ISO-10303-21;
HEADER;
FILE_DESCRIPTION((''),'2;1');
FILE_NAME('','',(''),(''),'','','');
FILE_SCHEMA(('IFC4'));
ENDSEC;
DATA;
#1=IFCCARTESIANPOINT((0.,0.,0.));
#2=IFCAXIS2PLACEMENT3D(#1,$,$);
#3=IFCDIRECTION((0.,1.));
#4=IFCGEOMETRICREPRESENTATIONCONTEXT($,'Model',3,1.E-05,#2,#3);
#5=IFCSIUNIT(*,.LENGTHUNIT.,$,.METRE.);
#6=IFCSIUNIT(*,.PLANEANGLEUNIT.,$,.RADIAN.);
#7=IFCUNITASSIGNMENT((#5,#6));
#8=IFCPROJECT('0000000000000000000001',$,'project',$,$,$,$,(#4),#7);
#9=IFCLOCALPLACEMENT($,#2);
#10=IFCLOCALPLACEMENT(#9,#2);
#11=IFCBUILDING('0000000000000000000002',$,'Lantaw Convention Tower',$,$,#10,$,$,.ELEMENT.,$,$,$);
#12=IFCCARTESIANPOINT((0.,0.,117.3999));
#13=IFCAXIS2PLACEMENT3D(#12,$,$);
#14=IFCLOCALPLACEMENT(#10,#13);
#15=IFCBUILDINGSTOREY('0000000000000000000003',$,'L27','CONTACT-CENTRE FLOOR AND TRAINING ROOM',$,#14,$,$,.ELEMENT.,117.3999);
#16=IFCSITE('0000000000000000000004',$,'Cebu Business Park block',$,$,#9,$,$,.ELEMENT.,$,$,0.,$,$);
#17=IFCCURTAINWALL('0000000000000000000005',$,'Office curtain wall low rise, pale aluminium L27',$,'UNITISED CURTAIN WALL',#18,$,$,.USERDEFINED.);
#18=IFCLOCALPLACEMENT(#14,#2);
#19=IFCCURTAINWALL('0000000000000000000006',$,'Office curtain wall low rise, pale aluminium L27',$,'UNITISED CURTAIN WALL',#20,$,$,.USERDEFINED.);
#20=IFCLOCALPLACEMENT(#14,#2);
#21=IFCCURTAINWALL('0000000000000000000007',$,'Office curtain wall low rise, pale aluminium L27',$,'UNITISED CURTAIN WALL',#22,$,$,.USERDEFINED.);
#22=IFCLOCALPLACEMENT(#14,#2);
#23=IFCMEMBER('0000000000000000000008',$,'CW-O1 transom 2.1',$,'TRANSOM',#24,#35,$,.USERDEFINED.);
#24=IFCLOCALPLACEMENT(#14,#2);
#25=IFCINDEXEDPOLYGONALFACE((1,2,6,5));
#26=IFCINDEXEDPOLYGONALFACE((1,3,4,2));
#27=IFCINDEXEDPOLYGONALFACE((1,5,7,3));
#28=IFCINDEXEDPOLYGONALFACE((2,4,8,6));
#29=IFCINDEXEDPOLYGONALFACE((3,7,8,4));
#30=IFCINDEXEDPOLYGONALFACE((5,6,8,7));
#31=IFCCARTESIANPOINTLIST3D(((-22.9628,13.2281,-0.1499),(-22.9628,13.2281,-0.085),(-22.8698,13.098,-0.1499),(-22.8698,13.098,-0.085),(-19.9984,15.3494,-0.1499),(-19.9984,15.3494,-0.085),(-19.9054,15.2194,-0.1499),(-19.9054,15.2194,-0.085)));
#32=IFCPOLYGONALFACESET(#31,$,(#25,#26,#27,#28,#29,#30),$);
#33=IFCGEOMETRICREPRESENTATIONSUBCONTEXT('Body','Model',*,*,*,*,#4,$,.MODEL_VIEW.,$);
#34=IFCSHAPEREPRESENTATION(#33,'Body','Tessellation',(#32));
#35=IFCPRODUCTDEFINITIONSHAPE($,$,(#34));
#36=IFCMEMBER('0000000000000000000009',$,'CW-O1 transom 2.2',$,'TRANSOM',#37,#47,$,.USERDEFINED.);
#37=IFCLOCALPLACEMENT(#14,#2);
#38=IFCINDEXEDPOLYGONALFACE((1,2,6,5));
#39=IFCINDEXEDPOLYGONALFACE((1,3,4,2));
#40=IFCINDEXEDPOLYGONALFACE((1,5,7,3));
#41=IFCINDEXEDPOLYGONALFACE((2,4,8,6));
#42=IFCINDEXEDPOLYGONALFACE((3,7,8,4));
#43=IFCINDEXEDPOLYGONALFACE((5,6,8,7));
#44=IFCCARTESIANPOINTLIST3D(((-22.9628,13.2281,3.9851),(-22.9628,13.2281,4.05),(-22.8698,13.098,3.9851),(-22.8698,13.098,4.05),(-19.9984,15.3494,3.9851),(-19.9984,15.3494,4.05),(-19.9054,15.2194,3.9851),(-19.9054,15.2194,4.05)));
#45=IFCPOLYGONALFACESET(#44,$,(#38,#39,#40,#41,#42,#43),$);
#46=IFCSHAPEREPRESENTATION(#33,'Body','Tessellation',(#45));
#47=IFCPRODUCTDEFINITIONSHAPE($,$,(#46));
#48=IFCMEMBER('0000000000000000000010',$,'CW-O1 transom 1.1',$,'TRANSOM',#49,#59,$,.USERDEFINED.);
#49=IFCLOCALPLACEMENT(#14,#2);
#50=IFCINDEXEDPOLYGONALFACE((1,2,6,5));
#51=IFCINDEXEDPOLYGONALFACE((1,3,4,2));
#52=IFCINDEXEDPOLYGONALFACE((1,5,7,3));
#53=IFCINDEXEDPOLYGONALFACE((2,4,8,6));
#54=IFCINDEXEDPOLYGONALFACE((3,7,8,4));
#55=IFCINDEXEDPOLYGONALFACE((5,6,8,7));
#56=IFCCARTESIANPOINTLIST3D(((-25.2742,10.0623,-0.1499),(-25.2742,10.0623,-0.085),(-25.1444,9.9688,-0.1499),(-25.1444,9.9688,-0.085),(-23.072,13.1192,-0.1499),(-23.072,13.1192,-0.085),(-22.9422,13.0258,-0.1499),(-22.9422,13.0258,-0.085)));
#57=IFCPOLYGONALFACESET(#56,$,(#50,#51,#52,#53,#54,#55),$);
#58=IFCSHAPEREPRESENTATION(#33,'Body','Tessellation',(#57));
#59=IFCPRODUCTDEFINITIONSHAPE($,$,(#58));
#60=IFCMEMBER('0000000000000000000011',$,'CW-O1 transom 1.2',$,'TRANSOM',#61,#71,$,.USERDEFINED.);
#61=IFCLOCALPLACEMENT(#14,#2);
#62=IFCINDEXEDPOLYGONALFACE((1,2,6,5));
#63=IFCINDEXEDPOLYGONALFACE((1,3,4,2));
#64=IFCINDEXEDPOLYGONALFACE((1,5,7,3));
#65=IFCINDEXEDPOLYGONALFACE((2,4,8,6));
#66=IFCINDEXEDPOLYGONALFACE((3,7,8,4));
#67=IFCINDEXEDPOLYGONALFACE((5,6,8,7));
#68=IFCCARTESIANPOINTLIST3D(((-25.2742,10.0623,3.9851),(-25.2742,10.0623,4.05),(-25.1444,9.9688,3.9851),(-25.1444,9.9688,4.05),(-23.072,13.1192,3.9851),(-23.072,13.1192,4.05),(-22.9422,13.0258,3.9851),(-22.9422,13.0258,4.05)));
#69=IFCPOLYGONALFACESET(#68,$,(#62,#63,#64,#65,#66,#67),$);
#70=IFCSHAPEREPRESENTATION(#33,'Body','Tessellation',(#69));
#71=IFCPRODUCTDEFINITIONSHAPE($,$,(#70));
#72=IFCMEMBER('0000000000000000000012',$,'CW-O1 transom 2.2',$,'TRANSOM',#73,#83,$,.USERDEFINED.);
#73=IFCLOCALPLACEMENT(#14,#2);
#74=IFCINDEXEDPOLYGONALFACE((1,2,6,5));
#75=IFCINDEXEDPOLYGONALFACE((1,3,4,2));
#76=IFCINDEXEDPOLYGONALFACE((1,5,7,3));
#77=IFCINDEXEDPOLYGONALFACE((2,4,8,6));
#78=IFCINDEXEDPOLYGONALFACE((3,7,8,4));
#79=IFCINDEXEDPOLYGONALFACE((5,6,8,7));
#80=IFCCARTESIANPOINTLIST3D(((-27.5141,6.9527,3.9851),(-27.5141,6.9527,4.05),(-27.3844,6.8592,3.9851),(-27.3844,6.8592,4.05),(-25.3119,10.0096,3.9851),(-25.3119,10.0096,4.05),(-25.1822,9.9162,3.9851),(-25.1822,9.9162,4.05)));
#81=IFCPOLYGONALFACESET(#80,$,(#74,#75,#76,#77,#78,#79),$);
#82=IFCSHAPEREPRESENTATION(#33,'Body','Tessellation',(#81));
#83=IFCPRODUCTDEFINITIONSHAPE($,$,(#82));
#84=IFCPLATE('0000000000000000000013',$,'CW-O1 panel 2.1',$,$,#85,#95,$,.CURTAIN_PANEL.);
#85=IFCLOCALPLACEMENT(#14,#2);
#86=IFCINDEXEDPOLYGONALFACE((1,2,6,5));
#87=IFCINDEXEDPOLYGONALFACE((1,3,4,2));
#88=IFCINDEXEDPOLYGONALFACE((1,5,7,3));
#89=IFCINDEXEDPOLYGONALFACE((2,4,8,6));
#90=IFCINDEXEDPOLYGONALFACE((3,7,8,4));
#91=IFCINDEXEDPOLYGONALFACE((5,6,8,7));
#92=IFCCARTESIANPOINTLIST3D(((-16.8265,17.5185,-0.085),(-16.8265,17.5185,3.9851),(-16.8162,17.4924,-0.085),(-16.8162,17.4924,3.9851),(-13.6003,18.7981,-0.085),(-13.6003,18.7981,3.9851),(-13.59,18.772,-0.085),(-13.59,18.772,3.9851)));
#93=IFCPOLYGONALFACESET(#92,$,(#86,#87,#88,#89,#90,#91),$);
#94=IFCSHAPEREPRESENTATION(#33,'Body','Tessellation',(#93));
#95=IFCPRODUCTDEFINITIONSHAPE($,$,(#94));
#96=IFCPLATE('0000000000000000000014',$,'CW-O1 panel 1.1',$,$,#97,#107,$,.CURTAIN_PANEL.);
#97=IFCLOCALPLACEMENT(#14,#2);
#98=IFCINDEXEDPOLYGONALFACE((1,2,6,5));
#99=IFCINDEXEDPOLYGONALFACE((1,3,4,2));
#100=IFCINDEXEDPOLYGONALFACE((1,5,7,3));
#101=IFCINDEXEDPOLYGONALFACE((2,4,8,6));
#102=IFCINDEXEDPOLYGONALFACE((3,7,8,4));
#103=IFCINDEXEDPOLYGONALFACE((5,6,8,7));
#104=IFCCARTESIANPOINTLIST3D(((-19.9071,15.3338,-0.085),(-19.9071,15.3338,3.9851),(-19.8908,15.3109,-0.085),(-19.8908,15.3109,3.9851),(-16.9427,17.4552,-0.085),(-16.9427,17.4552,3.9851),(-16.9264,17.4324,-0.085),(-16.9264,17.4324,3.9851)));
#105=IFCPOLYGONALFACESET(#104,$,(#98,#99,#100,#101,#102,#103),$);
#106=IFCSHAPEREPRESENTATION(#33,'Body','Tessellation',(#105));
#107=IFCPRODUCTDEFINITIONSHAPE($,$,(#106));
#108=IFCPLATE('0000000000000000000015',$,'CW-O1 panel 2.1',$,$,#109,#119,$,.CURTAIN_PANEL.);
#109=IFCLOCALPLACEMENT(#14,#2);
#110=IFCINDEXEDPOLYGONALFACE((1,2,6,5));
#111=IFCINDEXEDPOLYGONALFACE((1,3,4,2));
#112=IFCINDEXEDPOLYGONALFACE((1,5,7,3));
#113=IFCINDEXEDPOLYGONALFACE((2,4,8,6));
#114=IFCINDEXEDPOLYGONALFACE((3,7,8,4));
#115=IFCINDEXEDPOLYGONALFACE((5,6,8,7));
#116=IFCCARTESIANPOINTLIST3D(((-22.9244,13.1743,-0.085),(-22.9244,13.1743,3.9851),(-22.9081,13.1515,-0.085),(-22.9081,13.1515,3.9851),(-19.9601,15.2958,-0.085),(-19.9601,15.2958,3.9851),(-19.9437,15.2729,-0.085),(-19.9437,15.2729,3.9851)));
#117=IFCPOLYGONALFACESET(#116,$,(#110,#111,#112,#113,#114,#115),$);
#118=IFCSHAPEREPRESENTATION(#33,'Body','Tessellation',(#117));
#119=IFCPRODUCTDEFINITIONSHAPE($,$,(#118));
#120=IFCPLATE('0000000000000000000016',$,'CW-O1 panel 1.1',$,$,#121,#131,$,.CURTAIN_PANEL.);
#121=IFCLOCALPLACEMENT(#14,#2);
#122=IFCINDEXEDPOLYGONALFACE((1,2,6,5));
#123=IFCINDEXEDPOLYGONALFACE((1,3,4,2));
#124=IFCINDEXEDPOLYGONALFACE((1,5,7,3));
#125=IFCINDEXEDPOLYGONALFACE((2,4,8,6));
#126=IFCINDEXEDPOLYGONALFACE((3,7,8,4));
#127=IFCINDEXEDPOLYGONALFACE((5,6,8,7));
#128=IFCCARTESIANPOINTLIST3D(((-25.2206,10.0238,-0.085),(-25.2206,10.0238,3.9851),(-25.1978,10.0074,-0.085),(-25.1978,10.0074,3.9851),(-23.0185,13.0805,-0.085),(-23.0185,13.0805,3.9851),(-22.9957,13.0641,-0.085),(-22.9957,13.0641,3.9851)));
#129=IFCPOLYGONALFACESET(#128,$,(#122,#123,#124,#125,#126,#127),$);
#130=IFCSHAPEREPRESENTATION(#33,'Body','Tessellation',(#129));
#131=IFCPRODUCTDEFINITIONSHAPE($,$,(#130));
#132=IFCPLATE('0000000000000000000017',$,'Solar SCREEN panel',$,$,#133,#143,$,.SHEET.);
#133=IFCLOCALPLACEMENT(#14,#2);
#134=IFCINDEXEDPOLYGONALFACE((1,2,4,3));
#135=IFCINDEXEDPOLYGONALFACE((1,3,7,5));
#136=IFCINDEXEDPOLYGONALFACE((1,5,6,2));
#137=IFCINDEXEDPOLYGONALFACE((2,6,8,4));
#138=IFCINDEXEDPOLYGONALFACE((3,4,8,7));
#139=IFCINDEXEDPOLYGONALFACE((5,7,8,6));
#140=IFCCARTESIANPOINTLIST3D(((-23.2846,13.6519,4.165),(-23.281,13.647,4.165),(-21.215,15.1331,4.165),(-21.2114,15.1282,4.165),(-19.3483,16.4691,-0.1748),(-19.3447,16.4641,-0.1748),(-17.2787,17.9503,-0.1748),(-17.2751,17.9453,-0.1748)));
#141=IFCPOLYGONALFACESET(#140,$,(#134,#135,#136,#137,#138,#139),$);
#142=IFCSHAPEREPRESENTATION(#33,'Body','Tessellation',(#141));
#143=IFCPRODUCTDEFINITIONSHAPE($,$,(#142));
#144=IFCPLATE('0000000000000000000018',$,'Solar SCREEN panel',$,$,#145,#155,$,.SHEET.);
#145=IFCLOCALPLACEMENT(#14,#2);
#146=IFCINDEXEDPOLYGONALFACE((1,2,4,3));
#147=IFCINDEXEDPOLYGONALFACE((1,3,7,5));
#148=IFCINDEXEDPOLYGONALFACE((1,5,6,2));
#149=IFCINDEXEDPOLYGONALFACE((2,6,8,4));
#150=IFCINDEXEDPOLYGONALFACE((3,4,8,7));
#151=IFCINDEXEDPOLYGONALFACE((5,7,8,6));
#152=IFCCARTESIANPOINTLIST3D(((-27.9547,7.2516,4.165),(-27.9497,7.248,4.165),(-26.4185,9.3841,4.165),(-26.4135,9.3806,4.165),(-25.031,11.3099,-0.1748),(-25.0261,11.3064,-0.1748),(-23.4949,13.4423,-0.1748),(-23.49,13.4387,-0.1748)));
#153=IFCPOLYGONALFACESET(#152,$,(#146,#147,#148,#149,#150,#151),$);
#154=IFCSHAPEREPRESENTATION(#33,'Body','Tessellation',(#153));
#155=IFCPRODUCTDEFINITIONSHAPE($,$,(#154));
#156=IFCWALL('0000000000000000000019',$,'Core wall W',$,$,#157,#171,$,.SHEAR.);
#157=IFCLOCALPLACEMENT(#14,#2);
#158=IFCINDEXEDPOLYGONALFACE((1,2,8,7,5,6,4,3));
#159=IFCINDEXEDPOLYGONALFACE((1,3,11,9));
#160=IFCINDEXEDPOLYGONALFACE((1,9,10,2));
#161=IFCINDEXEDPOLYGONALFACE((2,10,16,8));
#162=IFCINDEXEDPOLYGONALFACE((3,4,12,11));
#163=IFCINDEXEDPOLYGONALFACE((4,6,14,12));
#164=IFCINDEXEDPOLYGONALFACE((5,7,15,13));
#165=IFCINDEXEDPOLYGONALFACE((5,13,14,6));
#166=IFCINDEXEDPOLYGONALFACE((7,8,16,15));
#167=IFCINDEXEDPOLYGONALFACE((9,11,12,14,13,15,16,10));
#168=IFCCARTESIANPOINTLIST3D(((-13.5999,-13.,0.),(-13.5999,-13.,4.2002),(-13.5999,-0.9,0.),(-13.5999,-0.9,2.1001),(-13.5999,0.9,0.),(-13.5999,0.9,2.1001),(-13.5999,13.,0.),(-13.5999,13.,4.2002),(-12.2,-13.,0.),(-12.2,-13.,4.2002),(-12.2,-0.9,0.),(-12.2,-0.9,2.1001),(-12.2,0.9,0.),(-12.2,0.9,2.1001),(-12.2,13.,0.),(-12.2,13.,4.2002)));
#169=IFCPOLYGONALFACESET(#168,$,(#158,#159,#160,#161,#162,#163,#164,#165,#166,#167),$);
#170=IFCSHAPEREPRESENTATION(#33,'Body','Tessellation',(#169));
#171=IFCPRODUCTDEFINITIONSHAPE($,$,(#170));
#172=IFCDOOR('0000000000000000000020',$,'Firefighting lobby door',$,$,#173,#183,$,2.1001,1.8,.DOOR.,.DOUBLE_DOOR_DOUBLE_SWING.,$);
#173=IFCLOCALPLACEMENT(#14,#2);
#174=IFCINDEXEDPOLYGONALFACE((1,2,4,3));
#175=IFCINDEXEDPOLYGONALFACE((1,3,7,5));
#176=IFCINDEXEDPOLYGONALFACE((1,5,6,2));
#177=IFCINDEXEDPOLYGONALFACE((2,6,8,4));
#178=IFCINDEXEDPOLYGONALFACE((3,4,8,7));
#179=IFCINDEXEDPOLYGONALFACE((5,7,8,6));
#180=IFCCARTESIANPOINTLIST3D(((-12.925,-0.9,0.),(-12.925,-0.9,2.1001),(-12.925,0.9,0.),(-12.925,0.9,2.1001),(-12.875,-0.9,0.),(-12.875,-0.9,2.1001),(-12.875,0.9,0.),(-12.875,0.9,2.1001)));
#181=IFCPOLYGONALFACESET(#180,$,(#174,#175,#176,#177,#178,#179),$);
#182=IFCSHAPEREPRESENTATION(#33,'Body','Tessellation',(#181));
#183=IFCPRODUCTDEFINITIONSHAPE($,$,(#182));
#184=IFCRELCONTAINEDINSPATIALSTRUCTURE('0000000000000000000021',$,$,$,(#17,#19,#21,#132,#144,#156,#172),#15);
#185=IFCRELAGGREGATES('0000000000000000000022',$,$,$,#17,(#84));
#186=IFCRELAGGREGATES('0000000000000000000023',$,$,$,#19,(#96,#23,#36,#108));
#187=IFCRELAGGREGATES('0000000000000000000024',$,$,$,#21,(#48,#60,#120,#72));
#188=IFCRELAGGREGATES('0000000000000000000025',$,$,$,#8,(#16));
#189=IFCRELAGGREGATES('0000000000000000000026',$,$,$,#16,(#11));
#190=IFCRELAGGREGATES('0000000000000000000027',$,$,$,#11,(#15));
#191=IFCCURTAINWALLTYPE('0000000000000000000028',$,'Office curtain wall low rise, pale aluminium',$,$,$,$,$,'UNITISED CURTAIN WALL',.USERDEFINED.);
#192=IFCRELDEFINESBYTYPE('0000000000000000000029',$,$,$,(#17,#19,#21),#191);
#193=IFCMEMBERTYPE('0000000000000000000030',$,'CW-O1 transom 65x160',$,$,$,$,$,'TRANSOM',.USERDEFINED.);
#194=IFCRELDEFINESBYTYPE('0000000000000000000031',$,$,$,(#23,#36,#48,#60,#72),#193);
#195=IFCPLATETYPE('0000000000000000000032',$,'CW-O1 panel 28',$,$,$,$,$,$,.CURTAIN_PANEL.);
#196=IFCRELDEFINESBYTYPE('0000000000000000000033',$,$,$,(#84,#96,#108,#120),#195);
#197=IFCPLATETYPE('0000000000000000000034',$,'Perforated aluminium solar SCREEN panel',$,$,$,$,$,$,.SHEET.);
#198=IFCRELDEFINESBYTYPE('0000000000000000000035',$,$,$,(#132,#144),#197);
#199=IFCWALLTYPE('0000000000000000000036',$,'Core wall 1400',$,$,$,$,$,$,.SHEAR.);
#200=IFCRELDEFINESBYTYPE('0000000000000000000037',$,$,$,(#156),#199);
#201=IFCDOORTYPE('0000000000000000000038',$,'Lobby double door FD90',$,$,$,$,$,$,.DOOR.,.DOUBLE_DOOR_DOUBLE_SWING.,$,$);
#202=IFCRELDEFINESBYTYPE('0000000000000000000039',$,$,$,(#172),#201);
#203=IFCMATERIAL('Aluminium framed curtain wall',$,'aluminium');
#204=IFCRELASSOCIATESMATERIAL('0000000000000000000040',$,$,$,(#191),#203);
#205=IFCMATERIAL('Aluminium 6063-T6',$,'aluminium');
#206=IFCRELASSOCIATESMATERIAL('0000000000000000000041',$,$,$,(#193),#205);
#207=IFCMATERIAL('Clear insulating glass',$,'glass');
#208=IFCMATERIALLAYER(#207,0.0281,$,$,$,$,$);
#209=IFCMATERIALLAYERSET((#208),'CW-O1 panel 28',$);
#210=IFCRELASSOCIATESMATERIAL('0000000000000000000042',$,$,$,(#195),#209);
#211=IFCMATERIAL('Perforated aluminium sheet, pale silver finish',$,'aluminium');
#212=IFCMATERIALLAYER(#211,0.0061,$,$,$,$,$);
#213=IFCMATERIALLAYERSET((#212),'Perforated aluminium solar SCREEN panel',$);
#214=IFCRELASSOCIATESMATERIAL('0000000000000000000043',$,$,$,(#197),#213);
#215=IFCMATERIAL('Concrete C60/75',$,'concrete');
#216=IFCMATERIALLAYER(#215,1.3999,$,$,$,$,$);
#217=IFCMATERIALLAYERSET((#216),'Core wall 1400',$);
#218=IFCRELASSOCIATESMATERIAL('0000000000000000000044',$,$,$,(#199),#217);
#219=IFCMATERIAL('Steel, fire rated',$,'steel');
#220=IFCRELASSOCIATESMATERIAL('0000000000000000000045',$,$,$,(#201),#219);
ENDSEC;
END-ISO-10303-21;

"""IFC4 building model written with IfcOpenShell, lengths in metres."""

from ifc_helpers import new_model, si_unit, direction, frame, frame_2d, origin, origin_2d, place, context, subcontext, project, spatial, polyline, rectangle, outline, extrude, material, layer, layer_set, material_profile, profile_set, type_object, element, fill, aggregate, save


model = new_model("IFC4")

# Units and contexts
model_context = context("Model", 3, precision=1e-05, world=origin(), true_north=direction((0.0, 1.0)))
body_context = subcontext(model_context, "Body", "Model", "MODEL_VIEW")
ifc_project = project(units=[si_unit("LENGTHUNIT", "METRE"), si_unit("PLANEANGLEUNIT", "RADIAN")], contexts=[model_context])

# Site, building, storey
site_placement = place(None, origin())
site = spatial("IfcSite", under=ifc_project, at=site_placement, Name="Cebu Business Park block", CompositionType="ELEMENT", RefElevation=0.0)
building_placement = place(site_placement, origin())
building = spatial("IfcBuilding", under=site, at=building_placement, Name="Lantaw Convention Tower", CompositionType="ELEMENT")
storey_placement = place(building_placement, frame((0.0, 0.0, 117.3999)))
storey = spatial("IfcBuildingStorey", under=building, at=storey_placement, Name="L27", Description="CONTACT-CENTRE FLOOR AND TRAINING ROOM", CompositionType="ELEMENT", Elevation=117.3999)

# Shared definitions
ifc_material_1 = material(Name="Concrete C60/75", Category="concrete")

# Curtain walls
ifc_material_2 = material(Name="Aluminium framed curtain wall", Category="aluminium")
curtain_wall_type = type_object("IfcCurtainWallType", Name="Office curtain wall low rise, pale aluminium", ElementType="UNITISED CURTAIN WALL", PredefinedType="USERDEFINED", material=ifc_material_2)
curtain_wall_1_placement = place(storey_placement, origin())
curtain_wall_1 = element("IfcCurtainWall", 1, at=curtain_wall_1_placement, inside=storey, type_object=curtain_wall_type, Name="Office curtain wall low rise, pale aluminium L27", ObjectType="UNITISED CURTAIN WALL", PredefinedType="USERDEFINED")
ifc_material_3 = material(Name="Aluminium 6063-T6", Category="aluminium")
curtain_wall_2_placement = place(storey_placement, origin())
curtain_wall_2 = element("IfcCurtainWall", 2, at=curtain_wall_2_placement, inside=storey, type_object=curtain_wall_type, Name="Office curtain wall low rise, pale aluminium L27", ObjectType="UNITISED CURTAIN WALL", PredefinedType="USERDEFINED")
curtain_wall_3_placement = place(storey_placement, origin())
curtain_wall_3 = element("IfcCurtainWall", 3, at=curtain_wall_3_placement, inside=storey, type_object=curtain_wall_type, Name="Office curtain wall low rise, pale aluminium L27", ObjectType="UNITISED CURTAIN WALL", PredefinedType="USERDEFINED")

# Members
ifc_material_profile_1 = material_profile(ifc_material_3, rectangle(XDim=0.1599, YDim=0.0649, at=origin_2d()), Name="CW-O1 transom 65x160")
ifc_profile_set_1 = profile_set([ifc_material_profile_1], Name="Aluminium 6063-T6")
member_type_1 = type_object("IfcMemberType", Name="CW-O1 transom 65x160", ElementType="TRANSOM", PredefinedType="USERDEFINED", material=ifc_profile_set_1)
member_1_placement = place(storey_placement, frame((-19.9519, 15.2844, -0.1174), z_axis=(-0.813222, -0.581954, 0.0), x_axis=(0.581954, -0.813222, 0.0)))
member_1 = element("IfcMember", 4, at=member_1_placement, type_object=member_type_1, Name="CW-O1 transom 2.1", ObjectType="TRANSOM", PredefinedType="USERDEFINED", context=body_context, shape_type="SweptSolid", body=[
    extrude(rectangle(XDim=0.1599, YDim=0.0649, at=origin_2d()), origin(), (0.0, 0.0, 1.0), 3.6453),
])
member_2_placement = place(storey_placement, frame((-19.9519, 15.2844, 4.0176), z_axis=(-0.813222, -0.581954, 0.0), x_axis=(0.581954, -0.813222, 0.0)))
member_2 = element("IfcMember", 5, at=member_2_placement, type_object=member_type_1, Name="CW-O1 transom 2.2", ObjectType="TRANSOM", PredefinedType="USERDEFINED", context=body_context, shape_type="SweptSolid", body=[
    extrude(rectangle(XDim=0.1599, YDim=0.0649, at=origin_2d()), origin(), (0.0, 0.0, 1.0), 3.6453),
])
member_3_placement = place(storey_placement, frame((-23.0071, 13.0725, -0.1174), z_axis=(-0.584513, -0.811384, 0.0), x_axis=(0.811384, -0.584513, 0.0)))
member_3 = element("IfcMember", 6, at=member_3_placement, type_object=member_type_1, Name="CW-O1 transom 1.1", ObjectType="TRANSOM", PredefinedType="USERDEFINED", context=body_context, shape_type="SweptSolid", body=[
    extrude(rectangle(XDim=0.1599, YDim=0.0649, at=origin_2d()), origin(), (0.0, 0.0, 1.0), 3.7676),
])
member_4_placement = place(storey_placement, frame((-23.0071, 13.0725, 4.0176), z_axis=(-0.584513, -0.811384, 0.0), x_axis=(0.811384, -0.584513, 0.0)))
member_4 = element("IfcMember", 7, at=member_4_placement, type_object=member_type_1, Name="CW-O1 transom 1.2", ObjectType="TRANSOM", PredefinedType="USERDEFINED", context=body_context, shape_type="SweptSolid", body=[
    extrude(rectangle(XDim=0.1599, YDim=0.0649, at=origin_2d()), origin(), (0.0, 0.0, 1.0), 3.7676),
])
member_5_placement = place(storey_placement, frame((-25.2471, 9.9629, 4.0176), z_axis=(-0.584513, -0.811384, 0.0), x_axis=(0.811384, -0.584513, 0.0)))
member_5 = element("IfcMember", 8, at=member_5_placement, type_object=member_type_1, Name="CW-O1 transom 2.2", ObjectType="TRANSOM", PredefinedType="USERDEFINED", context=body_context, shape_type="SweptSolid", body=[
    extrude(rectangle(XDim=0.1599, YDim=0.0649, at=origin_2d()), origin(), (0.0, 0.0, 1.0), 3.7676),
])

# Plates
ifc_material_4 = material(Name="Clear insulating glass", Category="glass")
ifc_layer_1 = layer(ifc_material_4, 0.0281)
ifc_layer_set_1 = layer_set([ifc_layer_1], Name="CW-O1 panel 28")
plate_type_1 = type_object("IfcPlateType", Name="CW-O1 panel 28", PredefinedType="CURTAIN_PANEL", material=ifc_layer_set_1)
plate_1_placement = place(storey_placement, frame((-15.2083, 18.1453, -0.085), z_axis=(0.0, 0.0, 1.0), x_axis=(-0.929548, -0.368702, 0.0)))
plate_1 = element("IfcPlate", 9, at=plate_1_placement, type_object=plate_type_1, Name="CW-O1 panel 2.1", PredefinedType="CURTAIN_PANEL", context=body_context, shape_type="SweptSolid", body=[
    extrude(rectangle(XDim=3.4707, YDim=0.0281, at=origin_2d()), origin(), (0.0, 0.0, 1.0), 4.0701),
])
aggregate(curtain_wall_1, [plate_1])
plate_2_placement = place(storey_placement, frame((-18.4167, 16.3831, -0.085), z_axis=(0.0, 0.0, 1.0), x_axis=(-0.813208, -0.581973, 0.0)))
plate_2 = element("IfcPlate", 10, at=plate_2_placement, type_object=plate_type_1, Name="CW-O1 panel 1.1", PredefinedType="CURTAIN_PANEL", context=body_context, shape_type="SweptSolid", body=[
    extrude(rectangle(XDim=3.6453, YDim=0.0281, at=origin_2d()), origin(), (0.0, 0.0, 1.0), 4.0701),
])
plate_3_placement = place(storey_placement, frame((-21.4341, 14.2236, -0.085), z_axis=(0.0, 0.0, 1.0), x_axis=(-0.813208, -0.581973, 0.0)))
plate_3 = element("IfcPlate", 11, at=plate_3_placement, type_object=plate_type_1, Name="CW-O1 panel 2.1", PredefinedType="CURTAIN_PANEL", context=body_context, shape_type="SweptSolid", body=[
    extrude(rectangle(XDim=3.6453, YDim=0.0281, at=origin_2d()), origin(), (0.0, 0.0, 1.0), 4.0701),
])
aggregate(curtain_wall_2, [plate_2, member_1, member_2, plate_3])
plate_4_placement = place(storey_placement, frame((-24.1082, 11.5439, -0.085), z_axis=(0.0, 0.0, 1.0), x_axis=(-0.584513, -0.811385, 0.0)))
plate_4 = element("IfcPlate", 12, at=plate_4_placement, type_object=plate_type_1, Name="CW-O1 panel 1.1", PredefinedType="CURTAIN_PANEL", context=body_context, shape_type="SweptSolid", body=[
    extrude(rectangle(XDim=3.7673, YDim=0.0281, at=origin_2d()), origin(), (0.0, 0.0, 1.0), 4.0701),
])
aggregate(curtain_wall_3, [member_3, member_4, plate_4, member_5])

# Plates
ifc_material_5 = material(Name="Perforated aluminium sheet, pale silver finish", Category="aluminium")
ifc_layer_2 = layer(ifc_material_5, 0.0061)
ifc_layer_set_2 = layer_set([ifc_layer_2], Name="Perforated aluminium solar SCREEN panel")
plate_type_2 = type_object("IfcPlateType", Name="Perforated aluminium solar SCREEN panel", PredefinedType="SHEET", material=ifc_layer_set_2)
plate_5_placement = place(storey_placement, frame((-17.2751, 17.9453, -0.1748), z_axis=(0.582, -0.813189, 0.000012), x_axis=(-0.813189, -0.582, 0.0)))
element("IfcPlate", 13, at=plate_5_placement, inside=storey, type_object=plate_type_2, Name="Solar SCREEN panel", PredefinedType="SHEET", context=body_context, shape_type="SweptSolid", body=[
    extrude(outline(polyline([(0.0, 0.0), (2.545, 0.0), (7.3855, -4.3398), (4.8405, -4.3398), (0.0, 0.0)])), origin(), (0.0, 0.0, -1.0), 0.0061),
])
plate_6_placement = place(storey_placement, frame((-23.49, 13.4387, -0.1748), z_axis=(0.811395, -0.584498, 0.000036), x_axis=(-0.584498, -0.811395, 0.0)))
element("IfcPlate", 14, at=plate_6_placement, inside=storey, type_object=plate_type_2, Name="Solar SCREEN panel", PredefinedType="SHEET", context=body_context, shape_type="SweptSolid", body=[
    extrude(outline(polyline([(0.0, 0.0), (2.628, 0.0), (7.6298, -4.3398), (5.0016, -4.3398), (0.0, 0.0)])), origin(), (0.0, 0.0, -1.0), 0.0061),
])

# Wall, opening, door
ifc_layer_3 = layer(ifc_material_1, 1.3999)
ifc_layer_set_3 = layer_set([ifc_layer_3], Name="Core wall 1400")
wall_type_1 = type_object("IfcWallType", Name="Core wall 1400", PredefinedType="SHEAR", material=ifc_layer_set_3)
wall_1_placement = place(storey_placement, frame((-12.8999, 13.0, 0.0), z_axis=(0.0, 0.0, 1.0), x_axis=(0.0, -1.0, 0.0)))
wall_1 = element("IfcWall", 15, at=wall_1_placement, inside=storey, type_object=wall_type_1, Name="Core wall W", PredefinedType="SHEAR", context=body_context, shape_type="SweptSolid", body=[
    extrude(rectangle(XDim=26.0, YDim=1.3999, at=frame_2d((13.0, 0.0))), origin(), (0.0, 0.0, 1.0), 4.2002),
])
opening_placement = place(wall_1_placement, frame((12.1001, 0.0, 0.0)))
opening = element("IfcOpeningElement", 16, at=opening_placement, cuts=wall_1, PredefinedType="OPENING", context=body_context, shape_type="SweptSolid", body=[
    extrude(rectangle(XDim=1.8, YDim=2.1001, at=frame_2d((0.8999, 1.05))), frame((0.0, 0.71, 0.0), z_axis=(0.0, -1.0, 0.0), x_axis=(1.0, 0.0, 0.0)), (0.0, 0.0, 1.0), 1.4199),
])
ifc_material_6 = material(Name="Steel, fire rated", Category="steel")
door_type = type_object("IfcDoorType", Name="Lobby double door FD90", OperationType="DOUBLE_DOOR_DOUBLE_SWING", PredefinedType="DOOR", material=ifc_material_6)
door_placement = place(opening_placement, origin())
door = element("IfcDoor", 17, at=door_placement, inside=storey, type_object=door_type, Name="Firefighting lobby door", OperationType="DOUBLE_DOOR_DOUBLE_SWING", OverallHeight=2.1001, OverallWidth=1.8, PredefinedType="DOOR", context=body_context, shape_type="SweptSolid", body=[
    extrude(rectangle(XDim=1.8, YDim=2.1001, at=frame_2d((0.8999, 1.05))), frame((0.0, 0.0249, 0.0), z_axis=(0.0, -1.0, 0.0), x_axis=(1.0, 0.0, 0.0)), (0.0, 0.0, 1.0), 0.05),
])
fill(opening, door)

save(model, "model.ifc")
